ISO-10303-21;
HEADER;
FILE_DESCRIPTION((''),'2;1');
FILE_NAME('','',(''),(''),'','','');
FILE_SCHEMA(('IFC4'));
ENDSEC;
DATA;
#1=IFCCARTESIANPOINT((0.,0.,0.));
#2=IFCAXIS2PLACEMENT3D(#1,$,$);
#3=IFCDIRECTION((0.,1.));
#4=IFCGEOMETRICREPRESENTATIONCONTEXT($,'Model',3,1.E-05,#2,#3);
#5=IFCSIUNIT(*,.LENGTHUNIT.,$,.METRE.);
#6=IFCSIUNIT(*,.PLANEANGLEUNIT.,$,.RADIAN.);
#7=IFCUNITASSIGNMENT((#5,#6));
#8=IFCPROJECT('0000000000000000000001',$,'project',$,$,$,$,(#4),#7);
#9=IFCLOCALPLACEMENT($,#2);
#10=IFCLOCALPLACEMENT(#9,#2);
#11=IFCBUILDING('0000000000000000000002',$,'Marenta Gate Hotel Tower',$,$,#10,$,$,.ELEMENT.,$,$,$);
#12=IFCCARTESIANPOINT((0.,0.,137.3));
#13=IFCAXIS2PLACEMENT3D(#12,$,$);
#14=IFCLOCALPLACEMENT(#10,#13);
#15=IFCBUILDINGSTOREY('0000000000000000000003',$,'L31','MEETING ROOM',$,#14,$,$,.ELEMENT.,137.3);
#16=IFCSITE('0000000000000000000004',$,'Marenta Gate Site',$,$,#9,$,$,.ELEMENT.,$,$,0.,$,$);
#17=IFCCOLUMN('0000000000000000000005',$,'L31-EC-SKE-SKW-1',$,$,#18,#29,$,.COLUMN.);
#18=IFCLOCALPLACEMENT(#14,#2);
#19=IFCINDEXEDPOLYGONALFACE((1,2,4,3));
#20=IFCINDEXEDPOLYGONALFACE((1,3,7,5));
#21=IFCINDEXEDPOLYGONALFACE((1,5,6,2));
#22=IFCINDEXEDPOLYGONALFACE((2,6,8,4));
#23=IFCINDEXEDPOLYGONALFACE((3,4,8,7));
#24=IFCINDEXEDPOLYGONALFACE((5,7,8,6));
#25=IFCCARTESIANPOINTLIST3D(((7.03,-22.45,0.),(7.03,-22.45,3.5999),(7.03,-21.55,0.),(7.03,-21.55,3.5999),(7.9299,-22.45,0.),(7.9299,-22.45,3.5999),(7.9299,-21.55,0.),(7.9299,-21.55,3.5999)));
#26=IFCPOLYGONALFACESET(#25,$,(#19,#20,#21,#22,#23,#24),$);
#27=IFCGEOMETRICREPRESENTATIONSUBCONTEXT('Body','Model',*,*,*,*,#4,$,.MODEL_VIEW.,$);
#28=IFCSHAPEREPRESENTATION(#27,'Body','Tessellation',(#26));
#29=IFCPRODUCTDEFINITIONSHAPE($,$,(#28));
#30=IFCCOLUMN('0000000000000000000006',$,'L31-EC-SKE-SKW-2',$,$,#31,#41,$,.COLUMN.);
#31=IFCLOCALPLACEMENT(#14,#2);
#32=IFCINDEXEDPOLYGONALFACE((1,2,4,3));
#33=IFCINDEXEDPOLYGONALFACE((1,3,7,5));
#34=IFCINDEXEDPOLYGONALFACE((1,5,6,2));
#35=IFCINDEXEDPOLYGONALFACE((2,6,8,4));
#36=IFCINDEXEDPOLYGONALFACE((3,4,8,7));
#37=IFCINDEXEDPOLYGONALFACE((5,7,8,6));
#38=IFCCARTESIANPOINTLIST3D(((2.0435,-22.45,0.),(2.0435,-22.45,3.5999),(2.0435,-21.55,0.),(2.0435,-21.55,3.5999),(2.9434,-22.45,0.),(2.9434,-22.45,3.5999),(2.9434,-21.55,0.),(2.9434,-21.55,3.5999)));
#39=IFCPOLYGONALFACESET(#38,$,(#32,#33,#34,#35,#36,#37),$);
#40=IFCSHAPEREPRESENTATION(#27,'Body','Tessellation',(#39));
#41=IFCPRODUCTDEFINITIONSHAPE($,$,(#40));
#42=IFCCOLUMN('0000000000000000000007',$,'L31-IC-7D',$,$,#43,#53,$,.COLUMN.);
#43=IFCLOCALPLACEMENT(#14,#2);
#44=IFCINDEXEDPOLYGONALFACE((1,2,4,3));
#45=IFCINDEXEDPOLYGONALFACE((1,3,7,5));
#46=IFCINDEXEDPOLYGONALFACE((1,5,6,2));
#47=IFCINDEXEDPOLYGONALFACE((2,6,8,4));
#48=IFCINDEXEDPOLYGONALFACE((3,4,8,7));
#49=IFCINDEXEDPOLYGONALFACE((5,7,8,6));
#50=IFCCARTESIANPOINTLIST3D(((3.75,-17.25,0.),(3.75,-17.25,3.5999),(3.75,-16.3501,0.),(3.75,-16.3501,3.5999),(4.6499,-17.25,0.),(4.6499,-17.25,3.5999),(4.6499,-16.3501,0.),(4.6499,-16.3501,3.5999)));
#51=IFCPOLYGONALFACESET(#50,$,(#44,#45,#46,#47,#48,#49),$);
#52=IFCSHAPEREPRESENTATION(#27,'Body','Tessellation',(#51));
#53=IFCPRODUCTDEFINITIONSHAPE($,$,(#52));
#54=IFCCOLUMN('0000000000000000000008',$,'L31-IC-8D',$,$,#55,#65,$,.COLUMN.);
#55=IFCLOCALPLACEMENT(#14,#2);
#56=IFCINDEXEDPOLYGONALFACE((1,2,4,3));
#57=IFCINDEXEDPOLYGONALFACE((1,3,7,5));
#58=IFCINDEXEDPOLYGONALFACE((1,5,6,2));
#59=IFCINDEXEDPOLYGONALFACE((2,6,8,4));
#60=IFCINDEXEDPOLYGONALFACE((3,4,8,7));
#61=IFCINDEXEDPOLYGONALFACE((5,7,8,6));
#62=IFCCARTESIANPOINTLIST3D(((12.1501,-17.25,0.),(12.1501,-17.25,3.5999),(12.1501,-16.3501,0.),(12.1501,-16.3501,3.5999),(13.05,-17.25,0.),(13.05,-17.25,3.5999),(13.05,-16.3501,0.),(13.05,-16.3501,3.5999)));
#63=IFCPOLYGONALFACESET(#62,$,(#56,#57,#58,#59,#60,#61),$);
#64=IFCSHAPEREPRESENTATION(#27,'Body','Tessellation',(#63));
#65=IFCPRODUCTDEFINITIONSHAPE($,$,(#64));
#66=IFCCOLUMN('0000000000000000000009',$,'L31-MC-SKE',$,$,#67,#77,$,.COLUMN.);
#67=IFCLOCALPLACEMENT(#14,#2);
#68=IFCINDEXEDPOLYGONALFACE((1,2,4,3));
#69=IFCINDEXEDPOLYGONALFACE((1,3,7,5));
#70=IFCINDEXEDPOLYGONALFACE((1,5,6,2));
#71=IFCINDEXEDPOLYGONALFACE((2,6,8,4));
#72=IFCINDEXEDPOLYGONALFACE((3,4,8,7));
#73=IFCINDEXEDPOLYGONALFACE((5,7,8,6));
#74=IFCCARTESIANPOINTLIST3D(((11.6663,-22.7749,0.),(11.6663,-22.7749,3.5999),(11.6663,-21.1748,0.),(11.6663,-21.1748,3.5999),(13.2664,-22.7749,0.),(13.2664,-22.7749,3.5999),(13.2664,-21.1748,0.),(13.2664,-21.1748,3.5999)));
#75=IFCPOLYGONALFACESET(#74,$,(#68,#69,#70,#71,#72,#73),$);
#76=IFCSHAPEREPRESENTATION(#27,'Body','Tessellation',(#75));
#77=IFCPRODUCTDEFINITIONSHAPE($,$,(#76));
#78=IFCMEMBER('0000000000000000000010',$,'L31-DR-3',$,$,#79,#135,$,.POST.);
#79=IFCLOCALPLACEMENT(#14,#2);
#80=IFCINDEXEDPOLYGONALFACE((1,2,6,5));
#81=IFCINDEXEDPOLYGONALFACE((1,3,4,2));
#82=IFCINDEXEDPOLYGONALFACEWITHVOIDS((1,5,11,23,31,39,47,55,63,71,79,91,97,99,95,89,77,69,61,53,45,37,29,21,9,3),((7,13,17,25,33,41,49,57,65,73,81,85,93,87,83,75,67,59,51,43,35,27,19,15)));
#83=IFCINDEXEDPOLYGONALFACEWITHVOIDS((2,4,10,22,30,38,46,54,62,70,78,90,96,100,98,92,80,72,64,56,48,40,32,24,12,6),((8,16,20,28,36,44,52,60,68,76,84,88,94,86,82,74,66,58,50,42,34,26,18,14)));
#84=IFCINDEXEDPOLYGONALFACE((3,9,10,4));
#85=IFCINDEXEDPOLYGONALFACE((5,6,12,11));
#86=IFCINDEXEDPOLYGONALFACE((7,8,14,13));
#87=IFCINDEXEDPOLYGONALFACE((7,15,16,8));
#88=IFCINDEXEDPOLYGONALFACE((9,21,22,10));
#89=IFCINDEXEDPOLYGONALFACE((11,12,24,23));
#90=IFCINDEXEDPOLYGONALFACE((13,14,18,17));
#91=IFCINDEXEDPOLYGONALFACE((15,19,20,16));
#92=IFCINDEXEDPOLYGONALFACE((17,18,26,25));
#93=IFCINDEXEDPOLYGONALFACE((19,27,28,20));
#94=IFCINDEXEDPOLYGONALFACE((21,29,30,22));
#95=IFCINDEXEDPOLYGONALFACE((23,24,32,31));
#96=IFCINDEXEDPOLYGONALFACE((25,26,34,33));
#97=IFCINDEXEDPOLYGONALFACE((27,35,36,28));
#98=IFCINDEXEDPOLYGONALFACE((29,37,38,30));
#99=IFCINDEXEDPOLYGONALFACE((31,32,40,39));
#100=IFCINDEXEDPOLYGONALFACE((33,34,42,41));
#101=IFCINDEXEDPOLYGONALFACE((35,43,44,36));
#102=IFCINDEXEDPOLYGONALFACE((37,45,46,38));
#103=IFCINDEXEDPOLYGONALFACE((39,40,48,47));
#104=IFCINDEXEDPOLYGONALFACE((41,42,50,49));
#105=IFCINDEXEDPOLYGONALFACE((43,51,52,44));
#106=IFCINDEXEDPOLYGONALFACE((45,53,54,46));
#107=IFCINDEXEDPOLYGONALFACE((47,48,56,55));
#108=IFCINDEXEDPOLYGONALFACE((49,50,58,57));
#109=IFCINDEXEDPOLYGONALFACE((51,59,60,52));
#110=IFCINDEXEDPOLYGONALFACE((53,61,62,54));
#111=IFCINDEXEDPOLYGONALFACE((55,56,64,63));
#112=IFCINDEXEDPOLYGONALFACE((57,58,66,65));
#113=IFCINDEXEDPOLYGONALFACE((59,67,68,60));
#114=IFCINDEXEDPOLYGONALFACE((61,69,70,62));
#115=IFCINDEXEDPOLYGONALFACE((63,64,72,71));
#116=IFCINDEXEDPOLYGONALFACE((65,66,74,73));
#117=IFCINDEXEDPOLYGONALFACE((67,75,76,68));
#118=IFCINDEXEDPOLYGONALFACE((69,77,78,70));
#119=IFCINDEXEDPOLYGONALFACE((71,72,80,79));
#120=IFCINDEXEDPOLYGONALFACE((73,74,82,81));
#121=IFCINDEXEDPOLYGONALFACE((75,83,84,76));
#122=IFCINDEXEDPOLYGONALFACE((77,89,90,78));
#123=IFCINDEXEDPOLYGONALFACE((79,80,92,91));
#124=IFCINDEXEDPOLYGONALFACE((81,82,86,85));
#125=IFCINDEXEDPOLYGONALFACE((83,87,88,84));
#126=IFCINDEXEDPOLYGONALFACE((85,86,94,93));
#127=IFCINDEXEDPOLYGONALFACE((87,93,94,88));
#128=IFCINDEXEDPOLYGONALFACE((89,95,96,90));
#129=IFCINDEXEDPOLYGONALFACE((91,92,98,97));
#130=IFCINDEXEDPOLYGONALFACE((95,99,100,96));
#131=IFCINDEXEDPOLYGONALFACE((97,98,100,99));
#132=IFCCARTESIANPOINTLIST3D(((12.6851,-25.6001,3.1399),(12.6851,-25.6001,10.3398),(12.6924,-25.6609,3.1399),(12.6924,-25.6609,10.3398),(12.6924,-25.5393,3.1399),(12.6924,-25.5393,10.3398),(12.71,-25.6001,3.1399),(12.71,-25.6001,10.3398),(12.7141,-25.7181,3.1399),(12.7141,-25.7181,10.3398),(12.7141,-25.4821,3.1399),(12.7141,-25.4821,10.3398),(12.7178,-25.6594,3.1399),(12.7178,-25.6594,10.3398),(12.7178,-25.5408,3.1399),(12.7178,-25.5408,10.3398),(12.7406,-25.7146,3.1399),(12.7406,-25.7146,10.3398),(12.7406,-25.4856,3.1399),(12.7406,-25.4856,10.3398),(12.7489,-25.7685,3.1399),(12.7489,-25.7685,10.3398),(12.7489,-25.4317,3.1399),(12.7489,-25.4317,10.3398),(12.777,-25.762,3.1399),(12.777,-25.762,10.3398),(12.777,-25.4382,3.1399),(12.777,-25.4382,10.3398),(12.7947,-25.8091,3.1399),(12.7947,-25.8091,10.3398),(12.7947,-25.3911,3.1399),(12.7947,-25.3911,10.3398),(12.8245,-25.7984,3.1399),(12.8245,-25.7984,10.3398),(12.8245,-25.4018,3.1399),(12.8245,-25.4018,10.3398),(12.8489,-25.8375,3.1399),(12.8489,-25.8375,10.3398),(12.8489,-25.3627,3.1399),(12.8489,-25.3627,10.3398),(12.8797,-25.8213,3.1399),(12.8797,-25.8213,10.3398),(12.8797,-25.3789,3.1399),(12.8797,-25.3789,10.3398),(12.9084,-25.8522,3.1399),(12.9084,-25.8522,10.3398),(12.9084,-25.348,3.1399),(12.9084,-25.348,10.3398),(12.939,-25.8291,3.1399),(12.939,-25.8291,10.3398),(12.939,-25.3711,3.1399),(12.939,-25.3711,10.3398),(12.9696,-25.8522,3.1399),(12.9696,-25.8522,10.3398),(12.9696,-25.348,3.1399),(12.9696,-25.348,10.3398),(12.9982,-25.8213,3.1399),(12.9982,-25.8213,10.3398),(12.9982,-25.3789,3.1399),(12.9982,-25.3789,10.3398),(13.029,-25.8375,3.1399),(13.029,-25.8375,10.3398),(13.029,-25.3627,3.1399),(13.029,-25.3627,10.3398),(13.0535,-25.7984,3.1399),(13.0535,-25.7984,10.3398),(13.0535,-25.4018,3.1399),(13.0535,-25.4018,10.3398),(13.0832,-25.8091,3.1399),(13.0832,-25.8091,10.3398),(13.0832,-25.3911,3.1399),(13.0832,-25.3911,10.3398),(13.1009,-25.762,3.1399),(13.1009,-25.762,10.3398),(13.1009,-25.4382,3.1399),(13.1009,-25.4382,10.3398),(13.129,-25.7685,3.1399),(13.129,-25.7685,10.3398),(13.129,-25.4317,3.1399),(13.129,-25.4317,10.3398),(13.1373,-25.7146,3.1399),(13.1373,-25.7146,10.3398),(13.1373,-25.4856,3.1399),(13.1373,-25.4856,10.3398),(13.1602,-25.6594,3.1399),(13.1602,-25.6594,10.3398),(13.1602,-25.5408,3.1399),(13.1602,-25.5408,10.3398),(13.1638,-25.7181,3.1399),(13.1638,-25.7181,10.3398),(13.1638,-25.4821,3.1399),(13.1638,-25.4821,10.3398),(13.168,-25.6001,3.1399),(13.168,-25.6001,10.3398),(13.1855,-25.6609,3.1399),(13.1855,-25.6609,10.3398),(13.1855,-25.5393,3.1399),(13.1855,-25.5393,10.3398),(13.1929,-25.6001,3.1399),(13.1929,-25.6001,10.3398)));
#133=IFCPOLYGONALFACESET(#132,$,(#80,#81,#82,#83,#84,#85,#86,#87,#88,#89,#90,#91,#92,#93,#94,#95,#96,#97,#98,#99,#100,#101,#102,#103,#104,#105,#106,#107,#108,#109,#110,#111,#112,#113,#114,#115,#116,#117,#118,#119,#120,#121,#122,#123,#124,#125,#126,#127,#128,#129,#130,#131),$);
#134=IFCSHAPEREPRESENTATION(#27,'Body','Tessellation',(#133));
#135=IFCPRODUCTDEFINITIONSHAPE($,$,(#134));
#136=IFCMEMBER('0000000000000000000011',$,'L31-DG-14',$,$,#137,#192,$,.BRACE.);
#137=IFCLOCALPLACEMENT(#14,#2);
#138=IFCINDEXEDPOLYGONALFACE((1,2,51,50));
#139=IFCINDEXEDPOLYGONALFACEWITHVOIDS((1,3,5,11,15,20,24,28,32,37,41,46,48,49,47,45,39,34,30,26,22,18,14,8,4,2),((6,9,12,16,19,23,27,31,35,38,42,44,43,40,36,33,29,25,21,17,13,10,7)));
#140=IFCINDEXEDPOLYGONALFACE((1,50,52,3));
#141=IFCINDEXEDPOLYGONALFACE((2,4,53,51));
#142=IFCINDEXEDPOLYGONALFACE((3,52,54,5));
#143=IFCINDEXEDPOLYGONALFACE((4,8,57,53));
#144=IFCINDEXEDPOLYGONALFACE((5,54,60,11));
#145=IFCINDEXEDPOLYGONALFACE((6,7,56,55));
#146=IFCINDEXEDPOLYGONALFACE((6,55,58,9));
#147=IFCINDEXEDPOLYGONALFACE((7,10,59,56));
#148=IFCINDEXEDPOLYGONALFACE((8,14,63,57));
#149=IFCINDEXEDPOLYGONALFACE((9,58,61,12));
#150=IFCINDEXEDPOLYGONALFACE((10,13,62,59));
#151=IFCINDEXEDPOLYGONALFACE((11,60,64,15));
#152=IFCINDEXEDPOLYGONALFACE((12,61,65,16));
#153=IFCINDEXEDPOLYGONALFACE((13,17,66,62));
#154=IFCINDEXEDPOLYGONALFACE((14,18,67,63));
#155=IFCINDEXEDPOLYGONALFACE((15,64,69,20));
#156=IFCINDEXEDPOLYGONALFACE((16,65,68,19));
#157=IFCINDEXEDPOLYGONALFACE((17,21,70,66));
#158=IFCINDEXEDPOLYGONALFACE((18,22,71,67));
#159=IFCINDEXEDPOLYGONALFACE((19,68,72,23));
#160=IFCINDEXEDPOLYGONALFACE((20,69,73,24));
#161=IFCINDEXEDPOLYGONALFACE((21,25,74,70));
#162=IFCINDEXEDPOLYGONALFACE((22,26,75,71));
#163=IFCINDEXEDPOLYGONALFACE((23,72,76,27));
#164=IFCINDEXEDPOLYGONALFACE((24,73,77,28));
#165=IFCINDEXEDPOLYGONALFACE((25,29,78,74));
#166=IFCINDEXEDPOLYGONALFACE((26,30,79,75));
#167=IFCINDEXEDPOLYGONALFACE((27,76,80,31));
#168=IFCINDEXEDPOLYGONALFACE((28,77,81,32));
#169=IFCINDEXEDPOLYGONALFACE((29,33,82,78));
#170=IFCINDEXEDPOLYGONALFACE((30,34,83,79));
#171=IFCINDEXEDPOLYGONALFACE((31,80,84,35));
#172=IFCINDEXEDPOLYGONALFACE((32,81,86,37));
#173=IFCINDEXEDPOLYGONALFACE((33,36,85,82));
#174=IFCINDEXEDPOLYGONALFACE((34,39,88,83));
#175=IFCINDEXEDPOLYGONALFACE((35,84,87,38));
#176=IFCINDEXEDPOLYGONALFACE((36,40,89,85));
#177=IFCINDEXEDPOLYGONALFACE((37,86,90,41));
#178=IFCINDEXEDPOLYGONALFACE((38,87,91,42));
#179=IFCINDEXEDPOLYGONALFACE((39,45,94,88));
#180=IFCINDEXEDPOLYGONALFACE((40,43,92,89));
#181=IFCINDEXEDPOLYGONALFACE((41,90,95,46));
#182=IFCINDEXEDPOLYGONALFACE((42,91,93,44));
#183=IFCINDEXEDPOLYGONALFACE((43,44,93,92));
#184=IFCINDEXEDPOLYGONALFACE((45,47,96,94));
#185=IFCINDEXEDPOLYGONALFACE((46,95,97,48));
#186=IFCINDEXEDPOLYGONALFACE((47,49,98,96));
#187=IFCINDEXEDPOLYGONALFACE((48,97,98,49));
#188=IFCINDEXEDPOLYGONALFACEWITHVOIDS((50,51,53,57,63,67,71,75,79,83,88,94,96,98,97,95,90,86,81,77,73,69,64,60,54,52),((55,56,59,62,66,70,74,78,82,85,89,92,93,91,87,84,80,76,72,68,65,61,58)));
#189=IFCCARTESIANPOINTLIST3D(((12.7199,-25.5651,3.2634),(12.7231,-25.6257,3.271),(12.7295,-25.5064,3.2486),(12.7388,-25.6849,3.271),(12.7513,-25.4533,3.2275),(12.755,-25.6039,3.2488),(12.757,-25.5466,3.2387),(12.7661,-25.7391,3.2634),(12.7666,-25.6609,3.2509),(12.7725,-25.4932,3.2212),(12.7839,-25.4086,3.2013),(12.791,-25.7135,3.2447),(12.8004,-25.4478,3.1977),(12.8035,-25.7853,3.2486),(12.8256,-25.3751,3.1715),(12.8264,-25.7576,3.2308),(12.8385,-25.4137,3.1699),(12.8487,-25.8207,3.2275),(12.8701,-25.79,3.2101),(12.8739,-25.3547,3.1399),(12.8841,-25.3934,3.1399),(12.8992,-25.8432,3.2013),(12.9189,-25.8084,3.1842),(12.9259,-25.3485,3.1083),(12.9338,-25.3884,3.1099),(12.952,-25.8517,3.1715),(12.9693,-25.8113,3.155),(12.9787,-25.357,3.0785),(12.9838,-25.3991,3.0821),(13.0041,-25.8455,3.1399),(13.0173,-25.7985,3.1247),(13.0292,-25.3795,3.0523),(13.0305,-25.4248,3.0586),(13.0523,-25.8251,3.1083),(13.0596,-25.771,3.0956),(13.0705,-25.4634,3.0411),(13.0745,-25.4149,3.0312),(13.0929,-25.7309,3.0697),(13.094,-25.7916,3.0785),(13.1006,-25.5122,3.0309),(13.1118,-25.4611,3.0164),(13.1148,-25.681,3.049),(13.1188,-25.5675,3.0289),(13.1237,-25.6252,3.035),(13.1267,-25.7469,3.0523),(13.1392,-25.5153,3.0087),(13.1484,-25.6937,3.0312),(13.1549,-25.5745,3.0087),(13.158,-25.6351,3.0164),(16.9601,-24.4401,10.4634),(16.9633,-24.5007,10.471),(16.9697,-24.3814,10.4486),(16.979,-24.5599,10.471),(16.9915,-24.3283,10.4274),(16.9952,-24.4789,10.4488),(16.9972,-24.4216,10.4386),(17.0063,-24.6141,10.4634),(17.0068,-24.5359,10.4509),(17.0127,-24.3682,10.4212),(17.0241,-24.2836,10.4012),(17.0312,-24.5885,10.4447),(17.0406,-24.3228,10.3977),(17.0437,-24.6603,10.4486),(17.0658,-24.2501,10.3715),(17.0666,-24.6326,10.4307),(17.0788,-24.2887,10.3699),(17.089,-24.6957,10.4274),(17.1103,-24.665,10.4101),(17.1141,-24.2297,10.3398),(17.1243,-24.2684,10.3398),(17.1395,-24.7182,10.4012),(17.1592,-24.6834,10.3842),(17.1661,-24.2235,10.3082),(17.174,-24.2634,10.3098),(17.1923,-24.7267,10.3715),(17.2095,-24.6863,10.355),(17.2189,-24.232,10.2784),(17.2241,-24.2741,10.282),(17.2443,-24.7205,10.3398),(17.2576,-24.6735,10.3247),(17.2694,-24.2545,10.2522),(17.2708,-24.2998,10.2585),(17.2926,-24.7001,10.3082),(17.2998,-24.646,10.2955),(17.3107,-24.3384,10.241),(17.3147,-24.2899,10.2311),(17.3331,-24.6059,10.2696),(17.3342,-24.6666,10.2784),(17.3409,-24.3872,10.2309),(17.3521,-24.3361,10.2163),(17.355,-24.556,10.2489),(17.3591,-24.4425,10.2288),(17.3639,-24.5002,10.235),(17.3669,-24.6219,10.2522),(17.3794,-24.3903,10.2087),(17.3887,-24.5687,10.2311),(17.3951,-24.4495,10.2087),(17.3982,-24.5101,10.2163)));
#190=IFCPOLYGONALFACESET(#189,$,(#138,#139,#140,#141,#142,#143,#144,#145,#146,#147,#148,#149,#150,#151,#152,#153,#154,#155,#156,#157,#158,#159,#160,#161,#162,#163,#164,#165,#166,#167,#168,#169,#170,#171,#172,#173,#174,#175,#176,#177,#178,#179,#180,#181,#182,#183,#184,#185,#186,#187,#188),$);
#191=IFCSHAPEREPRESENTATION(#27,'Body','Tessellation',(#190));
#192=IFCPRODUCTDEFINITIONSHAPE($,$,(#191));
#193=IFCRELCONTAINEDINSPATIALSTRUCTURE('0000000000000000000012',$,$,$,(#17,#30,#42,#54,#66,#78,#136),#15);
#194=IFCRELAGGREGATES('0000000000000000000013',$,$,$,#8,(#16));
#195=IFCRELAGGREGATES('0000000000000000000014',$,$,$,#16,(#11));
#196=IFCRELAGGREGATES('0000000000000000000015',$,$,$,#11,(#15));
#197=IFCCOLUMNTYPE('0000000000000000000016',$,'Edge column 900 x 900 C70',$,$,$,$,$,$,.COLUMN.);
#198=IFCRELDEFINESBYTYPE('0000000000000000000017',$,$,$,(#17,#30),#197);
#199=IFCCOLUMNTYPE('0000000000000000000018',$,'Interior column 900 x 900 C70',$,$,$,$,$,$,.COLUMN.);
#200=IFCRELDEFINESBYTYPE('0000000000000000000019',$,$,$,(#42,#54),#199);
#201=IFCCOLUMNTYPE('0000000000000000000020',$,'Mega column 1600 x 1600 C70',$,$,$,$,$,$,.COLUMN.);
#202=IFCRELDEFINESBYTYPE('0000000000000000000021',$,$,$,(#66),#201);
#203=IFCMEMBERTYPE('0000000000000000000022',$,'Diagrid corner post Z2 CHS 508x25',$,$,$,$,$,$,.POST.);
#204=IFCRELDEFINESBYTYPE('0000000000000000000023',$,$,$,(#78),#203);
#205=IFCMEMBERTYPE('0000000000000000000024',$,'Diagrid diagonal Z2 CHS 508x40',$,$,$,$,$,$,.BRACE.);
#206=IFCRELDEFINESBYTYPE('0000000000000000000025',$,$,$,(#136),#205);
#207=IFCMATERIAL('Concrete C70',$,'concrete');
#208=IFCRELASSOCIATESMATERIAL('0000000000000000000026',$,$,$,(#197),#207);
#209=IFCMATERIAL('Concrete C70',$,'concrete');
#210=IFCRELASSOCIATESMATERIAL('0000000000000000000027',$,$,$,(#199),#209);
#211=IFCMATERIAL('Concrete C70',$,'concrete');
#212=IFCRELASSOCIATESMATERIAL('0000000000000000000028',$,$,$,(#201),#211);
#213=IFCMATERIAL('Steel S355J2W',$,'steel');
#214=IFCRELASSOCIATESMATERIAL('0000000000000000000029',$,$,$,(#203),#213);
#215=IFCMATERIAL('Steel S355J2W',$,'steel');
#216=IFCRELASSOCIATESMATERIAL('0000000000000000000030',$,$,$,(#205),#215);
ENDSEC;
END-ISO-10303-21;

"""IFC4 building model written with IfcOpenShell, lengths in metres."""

from ifc_helpers import new_model, si_unit, direction, frame, origin, origin_2d, place, context, subcontext, project, spatial, rectangle, hollow_circle, extrude, material, material_profile, profile_set, type_object, element, save


model = new_model("IFC4")

# Units and contexts
model_context = context("Model", 3, precision=1e-05, world=origin(), true_north=direction((0.0, 1.0)))
body_context = subcontext(model_context, "Body", "Model", "MODEL_VIEW")
ifc_project = project(units=[si_unit("LENGTHUNIT", "METRE"), si_unit("PLANEANGLEUNIT", "RADIAN")], contexts=[model_context])

# Site, building, storey
site_placement = place(None, origin())
site = spatial("IfcSite", under=ifc_project, at=site_placement, Name="Marenta Gate Site", CompositionType="ELEMENT", RefElevation=0.0)
building_placement = place(site_placement, origin())
building = spatial("IfcBuilding", under=site, at=building_placement, Name="Marenta Gate Hotel Tower", CompositionType="ELEMENT")
storey_placement = place(building_placement, frame((0.0, 0.0, 137.3)))
storey = spatial("IfcBuildingStorey", under=building, at=storey_placement, Name="L31", Description="MEETING ROOM", CompositionType="ELEMENT", Elevation=137.3)

# Columns
ifc_material_1 = material(Name="Concrete C70", Category="concrete")
ifc_material_profile_1 = material_profile(ifc_material_1, rectangle(XDim=0.8999, YDim=0.8999, at=origin_2d()), Name="900 x 900")
ifc_profile_set_1 = profile_set([ifc_material_profile_1], Name="Concrete C70")
column_type_1 = type_object("IfcColumnType", Name="Edge column 900 x 900 C70", PredefinedType="COLUMN", material=ifc_profile_set_1)
for number, where, z_axis, x_axis, name in (
    (1, (7.48, -22.0, 0.0), (0.0, 0.0, 1.0), (1.0, 0.0, 0.0), "L31-EC-SKE-SKW-1"),
    (2, (2.4934, -22.0, 0.0), (0.0, 0.0, 1.0), (1.0, 0.0, 0.0), "L31-EC-SKE-SKW-2"),
):
    element("IfcColumn", number, at=place(storey_placement, frame(where, z_axis=z_axis, x_axis=x_axis)), inside=storey, type_object=column_type_1, Name=name, PredefinedType="COLUMN", context=body_context, shape_type="SweptSolid", body=[
        extrude(rectangle(XDim=0.8999, YDim=0.8999, at=origin_2d()), origin(), (0.0, 0.0, 1.0), 3.5999),
    ])
ifc_material_2 = material(Name="Concrete C70", Category="concrete")
ifc_material_profile_2 = material_profile(ifc_material_2, rectangle(XDim=0.8999, YDim=0.8999, at=origin_2d()), Name="900 x 900")
ifc_profile_set_2 = profile_set([ifc_material_profile_2], Name="Concrete C70")
column_type_2 = type_object("IfcColumnType", Name="Interior column 900 x 900 C70", PredefinedType="COLUMN", material=ifc_profile_set_2)
for number, where, z_axis, x_axis, name in (
    (3, (4.2, -16.8, 0.0), (0.0, 0.0, 1.0), (1.0, 0.0, 0.0), "L31-IC-7D"),
    (4, (12.6001, -16.8, 0.0), (0.0, 0.0, 1.0), (1.0, 0.0, 0.0), "L31-IC-8D"),
):
    element("IfcColumn", number, at=place(storey_placement, frame(where, z_axis=z_axis, x_axis=x_axis)), inside=storey, type_object=column_type_2, Name=name, PredefinedType="COLUMN", context=body_context, shape_type="SweptSolid", body=[
        extrude(rectangle(XDim=0.8999, YDim=0.8999, at=origin_2d()), origin(), (0.0, 0.0, 1.0), 3.5999),
    ])
ifc_material_3 = material(Name="Concrete C70", Category="concrete")
ifc_material_profile_3 = material_profile(ifc_material_3, rectangle(XDim=1.6001, YDim=1.6001, at=origin_2d()), Name="1600 x 1600")
ifc_profile_set_3 = profile_set([ifc_material_profile_3], Name="Concrete C70")
column_type_3 = type_object("IfcColumnType", Name="Mega column 1600 x 1600 C70", PredefinedType="COLUMN", material=ifc_profile_set_3)
column_placement = place(storey_placement, frame((12.4663, -21.9749, 0.0), z_axis=(0.0, 0.0, 1.0), x_axis=(1.0, 0.0, 0.0)))
element("IfcColumn", 5, at=column_placement, inside=storey, type_object=column_type_3, Name="L31-MC-SKE", PredefinedType="COLUMN", context=body_context, shape_type="SweptSolid", body=[
    extrude(rectangle(XDim=1.6001, YDim=1.6001, at=origin_2d()), origin(), (0.0, 0.0, 1.0), 3.5999),
])

# Members
ifc_material_4 = material(Name="Steel S355J2W", Category="steel")
ifc_material_profile_4 = material_profile(ifc_material_4, hollow_circle(Radius=0.2539, WallThickness=0.0249, at=origin_2d()), Name="CHS 508x25")
ifc_profile_set_4 = profile_set([ifc_material_profile_4], Name="Steel S355J2W")
member_type_1 = type_object("IfcMemberType", Name="Diagrid corner post Z2 CHS 508x25", PredefinedType="POST", material=ifc_profile_set_4)
member_1_placement = place(storey_placement, frame((12.939, -25.6001, 3.1399), z_axis=(0.0, 0.0, 1.0), x_axis=(1.0, 0.0, 0.0)))
element("IfcMember", 6, at=member_1_placement, inside=storey, type_object=member_type_1, Name="L31-DR-3", PredefinedType="POST", context=body_context, shape_type="SweptSolid", body=[
    extrude(hollow_circle(Radius=0.2539, WallThickness=0.0249, at=origin_2d()), origin(), (0.0, 0.0, 1.0), 7.2),
])
ifc_material_5 = material(Name="Steel S355J2W", Category="steel")
ifc_material_profile_5 = material_profile(ifc_material_5, hollow_circle(Radius=0.2539, WallThickness=0.04, at=origin_2d()), Name="CHS 508x40")
ifc_profile_set_5 = profile_set([ifc_material_profile_5], Name="Steel S355J2W")
member_type_2 = type_object("IfcMemberType", Name="Diagrid diagonal Z2 CHS 508x40", PredefinedType="BRACE", material=ifc_profile_set_5)
member_2_placement = place(storey_placement, frame((12.939, -25.6001, 3.1399), z_axis=(0.502924, 0.133434, 0.853969), x_axis=(-0.256443, 0.966559, 0.0)))
element("IfcMember", 7, at=member_2_placement, inside=storey, type_object=member_type_2, Name="L31-DG-14", PredefinedType="BRACE", context=body_context, shape_type="SweptSolid", body=[
    extrude(hollow_circle(Radius=0.2539, WallThickness=0.04, at=origin_2d()), origin(), (0.0, 0.0, 1.0), 8.4312),
])

save(model, "model.ifc")
